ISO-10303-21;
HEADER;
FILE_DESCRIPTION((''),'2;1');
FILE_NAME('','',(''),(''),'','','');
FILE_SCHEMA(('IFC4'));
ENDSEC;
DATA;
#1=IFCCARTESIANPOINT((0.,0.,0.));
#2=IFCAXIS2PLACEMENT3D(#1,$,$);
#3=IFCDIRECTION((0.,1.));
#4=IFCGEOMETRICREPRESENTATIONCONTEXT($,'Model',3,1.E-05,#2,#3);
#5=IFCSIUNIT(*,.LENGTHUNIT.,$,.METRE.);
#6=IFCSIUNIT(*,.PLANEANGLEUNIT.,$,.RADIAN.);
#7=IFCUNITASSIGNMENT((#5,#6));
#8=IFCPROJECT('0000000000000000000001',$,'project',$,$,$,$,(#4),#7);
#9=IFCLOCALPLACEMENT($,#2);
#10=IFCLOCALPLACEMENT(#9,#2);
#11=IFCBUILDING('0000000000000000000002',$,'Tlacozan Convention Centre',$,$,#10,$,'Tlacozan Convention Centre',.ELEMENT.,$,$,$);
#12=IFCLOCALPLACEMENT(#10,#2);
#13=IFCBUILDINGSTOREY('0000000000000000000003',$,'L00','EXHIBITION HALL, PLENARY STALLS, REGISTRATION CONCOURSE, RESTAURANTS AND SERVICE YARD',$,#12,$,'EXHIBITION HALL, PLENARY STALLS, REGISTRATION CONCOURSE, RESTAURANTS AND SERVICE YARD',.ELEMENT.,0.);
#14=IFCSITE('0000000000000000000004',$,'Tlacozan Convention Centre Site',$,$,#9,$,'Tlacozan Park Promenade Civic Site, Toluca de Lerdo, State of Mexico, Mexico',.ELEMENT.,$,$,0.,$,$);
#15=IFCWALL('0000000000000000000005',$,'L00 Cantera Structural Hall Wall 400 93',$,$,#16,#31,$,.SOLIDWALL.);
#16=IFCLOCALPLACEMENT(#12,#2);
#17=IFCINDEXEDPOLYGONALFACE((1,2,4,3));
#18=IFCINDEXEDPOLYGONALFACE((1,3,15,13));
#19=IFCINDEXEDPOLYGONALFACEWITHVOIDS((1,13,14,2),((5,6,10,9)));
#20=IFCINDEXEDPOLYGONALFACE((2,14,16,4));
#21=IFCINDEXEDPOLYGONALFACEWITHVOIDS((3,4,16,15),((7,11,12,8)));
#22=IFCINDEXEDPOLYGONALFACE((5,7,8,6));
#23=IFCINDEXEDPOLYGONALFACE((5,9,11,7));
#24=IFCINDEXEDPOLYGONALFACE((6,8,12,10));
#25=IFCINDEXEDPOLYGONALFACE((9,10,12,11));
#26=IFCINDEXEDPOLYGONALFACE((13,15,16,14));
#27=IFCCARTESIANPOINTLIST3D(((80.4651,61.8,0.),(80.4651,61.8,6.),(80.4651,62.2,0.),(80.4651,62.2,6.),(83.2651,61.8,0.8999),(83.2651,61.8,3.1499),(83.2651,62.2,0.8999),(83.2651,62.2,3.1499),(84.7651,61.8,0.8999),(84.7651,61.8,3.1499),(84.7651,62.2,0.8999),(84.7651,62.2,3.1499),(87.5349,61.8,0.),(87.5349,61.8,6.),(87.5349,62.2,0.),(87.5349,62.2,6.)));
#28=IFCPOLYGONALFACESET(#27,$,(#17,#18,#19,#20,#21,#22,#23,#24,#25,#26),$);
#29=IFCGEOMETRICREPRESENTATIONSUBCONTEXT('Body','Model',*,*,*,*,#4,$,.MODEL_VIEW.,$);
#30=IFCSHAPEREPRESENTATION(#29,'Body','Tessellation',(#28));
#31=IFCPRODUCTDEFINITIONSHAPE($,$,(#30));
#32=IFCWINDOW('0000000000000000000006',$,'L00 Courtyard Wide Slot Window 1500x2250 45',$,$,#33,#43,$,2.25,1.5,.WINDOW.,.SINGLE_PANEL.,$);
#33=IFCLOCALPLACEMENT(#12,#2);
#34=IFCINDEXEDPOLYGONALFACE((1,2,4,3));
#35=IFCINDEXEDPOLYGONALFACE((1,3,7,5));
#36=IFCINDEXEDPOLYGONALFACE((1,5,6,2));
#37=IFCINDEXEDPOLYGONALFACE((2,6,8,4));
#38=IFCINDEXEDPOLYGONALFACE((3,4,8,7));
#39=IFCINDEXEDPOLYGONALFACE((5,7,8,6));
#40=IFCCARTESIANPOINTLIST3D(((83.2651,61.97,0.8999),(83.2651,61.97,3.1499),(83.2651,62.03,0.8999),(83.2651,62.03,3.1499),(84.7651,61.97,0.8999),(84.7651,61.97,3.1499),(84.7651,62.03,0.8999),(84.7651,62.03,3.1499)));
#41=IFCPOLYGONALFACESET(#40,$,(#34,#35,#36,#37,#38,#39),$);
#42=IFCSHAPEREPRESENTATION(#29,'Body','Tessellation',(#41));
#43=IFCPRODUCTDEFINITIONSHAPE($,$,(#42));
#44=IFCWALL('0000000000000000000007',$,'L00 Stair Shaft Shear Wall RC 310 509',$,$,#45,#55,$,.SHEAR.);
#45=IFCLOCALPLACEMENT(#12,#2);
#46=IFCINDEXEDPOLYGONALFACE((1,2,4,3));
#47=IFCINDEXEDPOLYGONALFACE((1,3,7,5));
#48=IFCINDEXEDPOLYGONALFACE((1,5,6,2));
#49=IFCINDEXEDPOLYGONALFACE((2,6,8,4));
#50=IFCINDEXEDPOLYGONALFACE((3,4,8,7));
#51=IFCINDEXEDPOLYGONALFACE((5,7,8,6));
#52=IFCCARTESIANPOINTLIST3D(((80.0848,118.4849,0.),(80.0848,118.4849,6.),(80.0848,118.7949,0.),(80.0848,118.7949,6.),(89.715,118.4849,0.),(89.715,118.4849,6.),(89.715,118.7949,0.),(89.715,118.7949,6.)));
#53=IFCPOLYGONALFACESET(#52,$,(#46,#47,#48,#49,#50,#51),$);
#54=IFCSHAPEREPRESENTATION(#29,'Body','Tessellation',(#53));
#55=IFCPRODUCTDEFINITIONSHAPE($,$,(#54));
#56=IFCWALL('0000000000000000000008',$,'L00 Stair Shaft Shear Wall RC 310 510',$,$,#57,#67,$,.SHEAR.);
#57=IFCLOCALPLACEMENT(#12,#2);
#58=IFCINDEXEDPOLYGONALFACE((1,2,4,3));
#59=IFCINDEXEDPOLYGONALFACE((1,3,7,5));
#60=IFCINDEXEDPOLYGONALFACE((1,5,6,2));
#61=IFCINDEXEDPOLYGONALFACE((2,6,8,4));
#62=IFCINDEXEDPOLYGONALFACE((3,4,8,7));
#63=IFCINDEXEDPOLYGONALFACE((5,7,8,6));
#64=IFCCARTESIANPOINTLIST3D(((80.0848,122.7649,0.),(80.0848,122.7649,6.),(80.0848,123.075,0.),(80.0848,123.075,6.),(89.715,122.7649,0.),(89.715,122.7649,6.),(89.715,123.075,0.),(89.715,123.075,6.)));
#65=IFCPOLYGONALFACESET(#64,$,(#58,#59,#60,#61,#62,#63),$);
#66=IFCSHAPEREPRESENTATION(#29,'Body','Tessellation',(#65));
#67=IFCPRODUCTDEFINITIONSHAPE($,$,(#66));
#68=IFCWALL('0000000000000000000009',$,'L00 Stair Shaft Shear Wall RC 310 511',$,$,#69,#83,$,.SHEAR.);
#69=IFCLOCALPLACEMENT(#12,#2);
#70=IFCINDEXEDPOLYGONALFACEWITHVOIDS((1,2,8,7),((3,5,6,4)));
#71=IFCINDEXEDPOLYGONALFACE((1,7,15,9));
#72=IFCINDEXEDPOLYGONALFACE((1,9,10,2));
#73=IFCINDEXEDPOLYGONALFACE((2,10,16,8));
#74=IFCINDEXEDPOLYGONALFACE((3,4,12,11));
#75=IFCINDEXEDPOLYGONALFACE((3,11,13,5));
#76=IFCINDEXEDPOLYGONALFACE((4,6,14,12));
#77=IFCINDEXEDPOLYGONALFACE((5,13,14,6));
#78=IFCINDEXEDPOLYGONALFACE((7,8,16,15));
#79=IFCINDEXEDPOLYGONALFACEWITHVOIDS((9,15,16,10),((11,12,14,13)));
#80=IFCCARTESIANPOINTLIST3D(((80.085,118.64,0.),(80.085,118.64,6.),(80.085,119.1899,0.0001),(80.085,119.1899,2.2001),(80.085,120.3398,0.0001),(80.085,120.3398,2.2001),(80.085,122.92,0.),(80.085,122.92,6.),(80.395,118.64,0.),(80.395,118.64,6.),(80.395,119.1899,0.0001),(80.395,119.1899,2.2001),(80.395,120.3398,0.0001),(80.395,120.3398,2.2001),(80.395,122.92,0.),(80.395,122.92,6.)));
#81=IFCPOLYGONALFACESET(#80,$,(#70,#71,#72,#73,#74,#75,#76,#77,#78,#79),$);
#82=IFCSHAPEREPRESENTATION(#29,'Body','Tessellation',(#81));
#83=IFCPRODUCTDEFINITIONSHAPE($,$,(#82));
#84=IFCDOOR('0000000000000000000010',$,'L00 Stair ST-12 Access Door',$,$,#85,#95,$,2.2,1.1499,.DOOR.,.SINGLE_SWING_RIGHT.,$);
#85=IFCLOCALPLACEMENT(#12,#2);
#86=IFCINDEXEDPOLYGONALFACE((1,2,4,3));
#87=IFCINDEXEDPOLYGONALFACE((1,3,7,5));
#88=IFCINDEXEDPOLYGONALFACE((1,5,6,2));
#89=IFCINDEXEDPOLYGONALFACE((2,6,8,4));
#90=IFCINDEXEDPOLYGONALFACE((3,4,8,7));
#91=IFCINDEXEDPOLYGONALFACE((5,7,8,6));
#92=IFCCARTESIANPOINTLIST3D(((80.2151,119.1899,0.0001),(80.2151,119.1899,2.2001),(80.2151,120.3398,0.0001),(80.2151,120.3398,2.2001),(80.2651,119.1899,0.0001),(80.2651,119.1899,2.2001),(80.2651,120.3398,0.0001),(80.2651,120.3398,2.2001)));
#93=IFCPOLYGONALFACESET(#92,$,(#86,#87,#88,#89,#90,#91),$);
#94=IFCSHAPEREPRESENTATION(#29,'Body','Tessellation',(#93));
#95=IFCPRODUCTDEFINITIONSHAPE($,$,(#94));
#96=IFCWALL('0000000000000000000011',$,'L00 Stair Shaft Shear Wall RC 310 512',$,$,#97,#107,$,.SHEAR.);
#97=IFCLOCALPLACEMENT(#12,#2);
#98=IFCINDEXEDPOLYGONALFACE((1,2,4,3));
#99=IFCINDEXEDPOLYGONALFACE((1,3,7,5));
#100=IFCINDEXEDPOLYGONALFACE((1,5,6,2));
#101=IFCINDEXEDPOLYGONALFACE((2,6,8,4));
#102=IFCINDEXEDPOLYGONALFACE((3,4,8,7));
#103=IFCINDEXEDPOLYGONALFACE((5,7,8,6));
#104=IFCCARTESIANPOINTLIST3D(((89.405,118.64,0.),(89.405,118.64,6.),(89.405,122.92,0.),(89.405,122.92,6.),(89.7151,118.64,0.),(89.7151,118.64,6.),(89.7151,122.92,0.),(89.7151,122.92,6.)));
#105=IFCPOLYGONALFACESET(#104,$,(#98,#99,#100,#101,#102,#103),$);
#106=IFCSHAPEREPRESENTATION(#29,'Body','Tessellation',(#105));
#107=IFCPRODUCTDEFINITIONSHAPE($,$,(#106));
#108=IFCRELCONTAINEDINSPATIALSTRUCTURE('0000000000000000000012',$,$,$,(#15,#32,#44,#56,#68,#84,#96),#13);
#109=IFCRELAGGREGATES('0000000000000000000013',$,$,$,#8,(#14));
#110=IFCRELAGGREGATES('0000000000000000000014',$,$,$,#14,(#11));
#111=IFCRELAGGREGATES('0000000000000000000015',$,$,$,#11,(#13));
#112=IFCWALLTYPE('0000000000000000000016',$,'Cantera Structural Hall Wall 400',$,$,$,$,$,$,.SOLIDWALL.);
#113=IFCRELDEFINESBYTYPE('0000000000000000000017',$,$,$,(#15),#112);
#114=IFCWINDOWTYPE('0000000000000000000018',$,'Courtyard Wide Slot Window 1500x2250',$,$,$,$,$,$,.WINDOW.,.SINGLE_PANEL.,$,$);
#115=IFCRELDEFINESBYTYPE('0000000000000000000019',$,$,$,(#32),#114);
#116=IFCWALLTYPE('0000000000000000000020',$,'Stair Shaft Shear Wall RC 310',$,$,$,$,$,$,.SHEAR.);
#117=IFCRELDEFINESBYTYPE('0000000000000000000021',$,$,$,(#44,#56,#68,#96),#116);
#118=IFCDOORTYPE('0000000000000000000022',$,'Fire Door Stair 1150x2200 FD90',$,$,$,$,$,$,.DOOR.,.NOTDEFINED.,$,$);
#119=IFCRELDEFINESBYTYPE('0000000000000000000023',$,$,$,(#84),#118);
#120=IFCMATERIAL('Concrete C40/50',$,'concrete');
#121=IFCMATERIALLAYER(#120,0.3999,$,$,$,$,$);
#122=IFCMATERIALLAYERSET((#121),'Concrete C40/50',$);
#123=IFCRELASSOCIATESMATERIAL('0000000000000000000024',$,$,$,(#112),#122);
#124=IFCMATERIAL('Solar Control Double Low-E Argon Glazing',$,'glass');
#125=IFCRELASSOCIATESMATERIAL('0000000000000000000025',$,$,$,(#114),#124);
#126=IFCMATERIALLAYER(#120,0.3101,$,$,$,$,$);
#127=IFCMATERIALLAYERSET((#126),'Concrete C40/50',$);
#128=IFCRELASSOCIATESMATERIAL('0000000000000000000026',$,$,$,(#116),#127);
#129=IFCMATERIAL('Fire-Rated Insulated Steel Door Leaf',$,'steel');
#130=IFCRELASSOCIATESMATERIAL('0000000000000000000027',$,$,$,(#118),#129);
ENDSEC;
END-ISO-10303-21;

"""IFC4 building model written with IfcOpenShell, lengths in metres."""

from ifc_helpers import new_model, si_unit, direction, frame, frame_2d, origin, place, context, subcontext, project, spatial, rectangle, extrude, material, layer, layer_set, type_object, element, fill, save


model = new_model("IFC4")

# Units and contexts
model_context = context("Model", 3, precision=1e-05, world=origin(), true_north=direction((0.0, 1.0)))
body_context = subcontext(model_context, "Body", "Model", "MODEL_VIEW")
ifc_project = project(units=[si_unit("LENGTHUNIT", "METRE"), si_unit("PLANEANGLEUNIT", "RADIAN")], contexts=[model_context])

# Site, building, storey
site_placement = place(None, origin())
site = spatial("IfcSite", under=ifc_project, at=site_placement, Name="Tlacozan Convention Centre Site", LongName="Tlacozan Park Promenade Civic Site, Toluca de Lerdo, State of Mexico, Mexico", CompositionType="ELEMENT", RefElevation=0.0)
building_placement = place(site_placement, origin())
building = spatial("IfcBuilding", under=site, at=building_placement, Name="Tlacozan Convention Centre", LongName="Tlacozan Convention Centre", CompositionType="ELEMENT")
storey_placement = place(building_placement, origin())
storey = spatial("IfcBuildingStorey", under=building, at=storey_placement, Name="L00", Description="EXHIBITION HALL, PLENARY STALLS, REGISTRATION CONCOURSE, RESTAURANTS AND SERVICE YARD", LongName="EXHIBITION HALL, PLENARY STALLS, REGISTRATION CONCOURSE, RESTAURANTS AND SERVICE YARD", CompositionType="ELEMENT", Elevation=0.0)

# Shared definitions
ifc_material_1 = material(Name="Concrete C40/50", Category="concrete")

# Shared definitions
ifc_layer_1 = layer(ifc_material_1, 0.3999)
ifc_layer_set_1 = layer_set([ifc_layer_1], Name="Concrete C40/50")
wall_type_1 = type_object("IfcWallType", Name="Cantera Structural Hall Wall 400", PredefinedType="SOLIDWALL", material=ifc_layer_set_1)

# Shared definitions
ifc_material_2 = material(Name="Solar Control Double Low-E Argon Glazing", Category="glass")

# Wall, opening, window
wall_1_placement = place(storey_placement, frame((80.4651, 62.0, 0.0), z_axis=(0.0, 0.0, 1.0), x_axis=(1.0, 0.0, 0.0)))
wall_1 = element("IfcWall", 1, at=wall_1_placement, inside=storey, type_object=wall_type_1, Name="L00 Cantera Structural Hall Wall 400 93", PredefinedType="SOLIDWALL", context=body_context, shape_type="SweptSolid", body=[
    extrude(rectangle(XDim=7.0698, YDim=0.3999, at=frame_2d((3.5349, 0.0))), origin(), (0.0, 0.0, 1.0), 6.0),
])
opening_1_placement = place(wall_1_placement, frame((2.8, 0.0, 0.8999)))
opening_1 = element("IfcOpeningElement", 2, at=opening_1_placement, cuts=wall_1, PredefinedType="OPENING", context=body_context, shape_type="SweptSolid", body=[
    extrude(rectangle(XDim=1.5, YDim=2.25, at=frame_2d((0.75, 1.125))), frame((0.0, 0.21, 0.0), z_axis=(0.0, -1.0, 0.0), x_axis=(1.0, 0.0, 0.0)), (0.0, 0.0, 1.0), 0.4199),
])
window_type_1 = type_object("IfcWindowType", Name="Courtyard Wide Slot Window 1500x2250", PartitioningType="SINGLE_PANEL", PredefinedType="WINDOW", material=ifc_material_2)
window_1_placement = place(opening_1_placement, origin())
window_1 = element("IfcWindow", 3, at=window_1_placement, inside=storey, type_object=window_type_1, Name="L00 Courtyard Wide Slot Window 1500x2250 45", OverallHeight=2.25, OverallWidth=1.5, PartitioningType="SINGLE_PANEL", PredefinedType="WINDOW", context=body_context, shape_type="SweptSolid", body=[
    extrude(rectangle(XDim=1.5, YDim=2.25, at=frame_2d((0.75, 1.125))), frame((0.0, 0.03, 0.0), z_axis=(0.0, -1.0, 0.0), x_axis=(1.0, 0.0, 0.0)), (0.0, 0.0, 1.0), 0.0601),
])
fill(opening_1, window_1)

# Walls
ifc_layer_2 = layer(ifc_material_1, 0.3101)
ifc_layer_set_2 = layer_set([ifc_layer_2], Name="Concrete C40/50")
wall_type_2 = type_object("IfcWallType", Name="Stair Shaft Shear Wall RC 310", PredefinedType="SHEAR", material=ifc_layer_set_2)
for number, where, z_axis, x_axis, name in (
    (4, (80.085, 118.6399, 0.0), (0.0, 0.0, 1.0), (1.0, 0.0, 0.0), "L00 Stair Shaft Shear Wall RC 310 509"),
    (5, (80.085, 122.9199, 0.0), (0.0, 0.0, 1.0), (1.0, 0.0, 0.0), "L00 Stair Shaft Shear Wall RC 310 510"),
):
    element("IfcWall", number, at=place(storey_placement, frame(where, z_axis=z_axis, x_axis=x_axis)), inside=storey, type_object=wall_type_2, Name=name, PredefinedType="SHEAR", context=body_context, shape_type="SweptSolid", body=[
        extrude(rectangle(XDim=9.6301, YDim=0.3101, at=frame_2d((4.8149, 0.0))), origin(), (0.0, 0.0, 1.0), 6.0),
    ])

# Wall, opening, door
wall_2_placement = place(storey_placement, frame((80.24, 118.6399, 0.0), z_axis=(0.0, 0.0, 1.0), x_axis=(0.0, 1.0, 0.0)))
wall_2 = element("IfcWall", 6, at=wall_2_placement, inside=storey, type_object=wall_type_2, Name="L00 Stair Shaft Shear Wall RC 310 511", PredefinedType="SHEAR", context=body_context, shape_type="SweptSolid", body=[
    extrude(rectangle(XDim=4.28, YDim=0.3101, at=frame_2d((2.1401, 0.0))), origin(), (0.0, 0.0, 1.0), 6.0),
])
opening_2_placement = place(wall_2_placement, frame((0.55, 0.0, 0.0)))
opening_2 = element("IfcOpeningElement", 7, at=opening_2_placement, cuts=wall_2, PredefinedType="OPENING", context=body_context, shape_type="SweptSolid", body=[
    extrude(rectangle(XDim=1.1499, YDim=2.2, at=frame_2d((0.575, 1.1001))), frame((0.0, 0.165, 0.0), z_axis=(0.0, -1.0, 0.0), x_axis=(1.0, 0.0, 0.0)), (0.0, 0.0, 1.0), 0.3301),
])
ifc_material_3 = material(Name="Fire-Rated Insulated Steel Door Leaf", Category="steel")
door_type_1 = type_object("IfcDoorType", Name="Fire Door Stair 1150x2200 FD90", OperationType="NOTDEFINED", PredefinedType="DOOR", material=ifc_material_3)
door_1_placement = place(opening_2_placement, origin())
door_1 = element("IfcDoor", 8, at=door_1_placement, inside=storey, type_object=door_type_1, Name="L00 Stair ST-12 Access Door", OperationType="SINGLE_SWING_RIGHT", OverallHeight=2.2, OverallWidth=1.1499, PredefinedType="DOOR", context=body_context, shape_type="SweptSolid", body=[
    extrude(rectangle(XDim=1.1499, YDim=2.2, at=frame_2d((0.575, 1.1001))), frame((0.0, 0.0249, 0.0), z_axis=(0.0, -1.0, 0.0), x_axis=(1.0, 0.0, 0.0)), (0.0, 0.0, 1.0), 0.05),
])
fill(opening_2, door_1)

# Wall
wall_3_placement = place(storey_placement, frame((89.5601, 118.6399, 0.0), z_axis=(0.0, 0.0, 1.0), x_axis=(0.0, 1.0, 0.0)))
element("IfcWall", 9, at=wall_3_placement, inside=storey, type_object=wall_type_2, Name="L00 Stair Shaft Shear Wall RC 310 512", PredefinedType="SHEAR", context=body_context, shape_type="SweptSolid", body=[
    extrude(rectangle(XDim=4.28, YDim=0.3101, at=frame_2d((2.1401, 0.0))), origin(), (0.0, 0.0, 1.0), 6.0),
])

save(model, "model.ifc")
